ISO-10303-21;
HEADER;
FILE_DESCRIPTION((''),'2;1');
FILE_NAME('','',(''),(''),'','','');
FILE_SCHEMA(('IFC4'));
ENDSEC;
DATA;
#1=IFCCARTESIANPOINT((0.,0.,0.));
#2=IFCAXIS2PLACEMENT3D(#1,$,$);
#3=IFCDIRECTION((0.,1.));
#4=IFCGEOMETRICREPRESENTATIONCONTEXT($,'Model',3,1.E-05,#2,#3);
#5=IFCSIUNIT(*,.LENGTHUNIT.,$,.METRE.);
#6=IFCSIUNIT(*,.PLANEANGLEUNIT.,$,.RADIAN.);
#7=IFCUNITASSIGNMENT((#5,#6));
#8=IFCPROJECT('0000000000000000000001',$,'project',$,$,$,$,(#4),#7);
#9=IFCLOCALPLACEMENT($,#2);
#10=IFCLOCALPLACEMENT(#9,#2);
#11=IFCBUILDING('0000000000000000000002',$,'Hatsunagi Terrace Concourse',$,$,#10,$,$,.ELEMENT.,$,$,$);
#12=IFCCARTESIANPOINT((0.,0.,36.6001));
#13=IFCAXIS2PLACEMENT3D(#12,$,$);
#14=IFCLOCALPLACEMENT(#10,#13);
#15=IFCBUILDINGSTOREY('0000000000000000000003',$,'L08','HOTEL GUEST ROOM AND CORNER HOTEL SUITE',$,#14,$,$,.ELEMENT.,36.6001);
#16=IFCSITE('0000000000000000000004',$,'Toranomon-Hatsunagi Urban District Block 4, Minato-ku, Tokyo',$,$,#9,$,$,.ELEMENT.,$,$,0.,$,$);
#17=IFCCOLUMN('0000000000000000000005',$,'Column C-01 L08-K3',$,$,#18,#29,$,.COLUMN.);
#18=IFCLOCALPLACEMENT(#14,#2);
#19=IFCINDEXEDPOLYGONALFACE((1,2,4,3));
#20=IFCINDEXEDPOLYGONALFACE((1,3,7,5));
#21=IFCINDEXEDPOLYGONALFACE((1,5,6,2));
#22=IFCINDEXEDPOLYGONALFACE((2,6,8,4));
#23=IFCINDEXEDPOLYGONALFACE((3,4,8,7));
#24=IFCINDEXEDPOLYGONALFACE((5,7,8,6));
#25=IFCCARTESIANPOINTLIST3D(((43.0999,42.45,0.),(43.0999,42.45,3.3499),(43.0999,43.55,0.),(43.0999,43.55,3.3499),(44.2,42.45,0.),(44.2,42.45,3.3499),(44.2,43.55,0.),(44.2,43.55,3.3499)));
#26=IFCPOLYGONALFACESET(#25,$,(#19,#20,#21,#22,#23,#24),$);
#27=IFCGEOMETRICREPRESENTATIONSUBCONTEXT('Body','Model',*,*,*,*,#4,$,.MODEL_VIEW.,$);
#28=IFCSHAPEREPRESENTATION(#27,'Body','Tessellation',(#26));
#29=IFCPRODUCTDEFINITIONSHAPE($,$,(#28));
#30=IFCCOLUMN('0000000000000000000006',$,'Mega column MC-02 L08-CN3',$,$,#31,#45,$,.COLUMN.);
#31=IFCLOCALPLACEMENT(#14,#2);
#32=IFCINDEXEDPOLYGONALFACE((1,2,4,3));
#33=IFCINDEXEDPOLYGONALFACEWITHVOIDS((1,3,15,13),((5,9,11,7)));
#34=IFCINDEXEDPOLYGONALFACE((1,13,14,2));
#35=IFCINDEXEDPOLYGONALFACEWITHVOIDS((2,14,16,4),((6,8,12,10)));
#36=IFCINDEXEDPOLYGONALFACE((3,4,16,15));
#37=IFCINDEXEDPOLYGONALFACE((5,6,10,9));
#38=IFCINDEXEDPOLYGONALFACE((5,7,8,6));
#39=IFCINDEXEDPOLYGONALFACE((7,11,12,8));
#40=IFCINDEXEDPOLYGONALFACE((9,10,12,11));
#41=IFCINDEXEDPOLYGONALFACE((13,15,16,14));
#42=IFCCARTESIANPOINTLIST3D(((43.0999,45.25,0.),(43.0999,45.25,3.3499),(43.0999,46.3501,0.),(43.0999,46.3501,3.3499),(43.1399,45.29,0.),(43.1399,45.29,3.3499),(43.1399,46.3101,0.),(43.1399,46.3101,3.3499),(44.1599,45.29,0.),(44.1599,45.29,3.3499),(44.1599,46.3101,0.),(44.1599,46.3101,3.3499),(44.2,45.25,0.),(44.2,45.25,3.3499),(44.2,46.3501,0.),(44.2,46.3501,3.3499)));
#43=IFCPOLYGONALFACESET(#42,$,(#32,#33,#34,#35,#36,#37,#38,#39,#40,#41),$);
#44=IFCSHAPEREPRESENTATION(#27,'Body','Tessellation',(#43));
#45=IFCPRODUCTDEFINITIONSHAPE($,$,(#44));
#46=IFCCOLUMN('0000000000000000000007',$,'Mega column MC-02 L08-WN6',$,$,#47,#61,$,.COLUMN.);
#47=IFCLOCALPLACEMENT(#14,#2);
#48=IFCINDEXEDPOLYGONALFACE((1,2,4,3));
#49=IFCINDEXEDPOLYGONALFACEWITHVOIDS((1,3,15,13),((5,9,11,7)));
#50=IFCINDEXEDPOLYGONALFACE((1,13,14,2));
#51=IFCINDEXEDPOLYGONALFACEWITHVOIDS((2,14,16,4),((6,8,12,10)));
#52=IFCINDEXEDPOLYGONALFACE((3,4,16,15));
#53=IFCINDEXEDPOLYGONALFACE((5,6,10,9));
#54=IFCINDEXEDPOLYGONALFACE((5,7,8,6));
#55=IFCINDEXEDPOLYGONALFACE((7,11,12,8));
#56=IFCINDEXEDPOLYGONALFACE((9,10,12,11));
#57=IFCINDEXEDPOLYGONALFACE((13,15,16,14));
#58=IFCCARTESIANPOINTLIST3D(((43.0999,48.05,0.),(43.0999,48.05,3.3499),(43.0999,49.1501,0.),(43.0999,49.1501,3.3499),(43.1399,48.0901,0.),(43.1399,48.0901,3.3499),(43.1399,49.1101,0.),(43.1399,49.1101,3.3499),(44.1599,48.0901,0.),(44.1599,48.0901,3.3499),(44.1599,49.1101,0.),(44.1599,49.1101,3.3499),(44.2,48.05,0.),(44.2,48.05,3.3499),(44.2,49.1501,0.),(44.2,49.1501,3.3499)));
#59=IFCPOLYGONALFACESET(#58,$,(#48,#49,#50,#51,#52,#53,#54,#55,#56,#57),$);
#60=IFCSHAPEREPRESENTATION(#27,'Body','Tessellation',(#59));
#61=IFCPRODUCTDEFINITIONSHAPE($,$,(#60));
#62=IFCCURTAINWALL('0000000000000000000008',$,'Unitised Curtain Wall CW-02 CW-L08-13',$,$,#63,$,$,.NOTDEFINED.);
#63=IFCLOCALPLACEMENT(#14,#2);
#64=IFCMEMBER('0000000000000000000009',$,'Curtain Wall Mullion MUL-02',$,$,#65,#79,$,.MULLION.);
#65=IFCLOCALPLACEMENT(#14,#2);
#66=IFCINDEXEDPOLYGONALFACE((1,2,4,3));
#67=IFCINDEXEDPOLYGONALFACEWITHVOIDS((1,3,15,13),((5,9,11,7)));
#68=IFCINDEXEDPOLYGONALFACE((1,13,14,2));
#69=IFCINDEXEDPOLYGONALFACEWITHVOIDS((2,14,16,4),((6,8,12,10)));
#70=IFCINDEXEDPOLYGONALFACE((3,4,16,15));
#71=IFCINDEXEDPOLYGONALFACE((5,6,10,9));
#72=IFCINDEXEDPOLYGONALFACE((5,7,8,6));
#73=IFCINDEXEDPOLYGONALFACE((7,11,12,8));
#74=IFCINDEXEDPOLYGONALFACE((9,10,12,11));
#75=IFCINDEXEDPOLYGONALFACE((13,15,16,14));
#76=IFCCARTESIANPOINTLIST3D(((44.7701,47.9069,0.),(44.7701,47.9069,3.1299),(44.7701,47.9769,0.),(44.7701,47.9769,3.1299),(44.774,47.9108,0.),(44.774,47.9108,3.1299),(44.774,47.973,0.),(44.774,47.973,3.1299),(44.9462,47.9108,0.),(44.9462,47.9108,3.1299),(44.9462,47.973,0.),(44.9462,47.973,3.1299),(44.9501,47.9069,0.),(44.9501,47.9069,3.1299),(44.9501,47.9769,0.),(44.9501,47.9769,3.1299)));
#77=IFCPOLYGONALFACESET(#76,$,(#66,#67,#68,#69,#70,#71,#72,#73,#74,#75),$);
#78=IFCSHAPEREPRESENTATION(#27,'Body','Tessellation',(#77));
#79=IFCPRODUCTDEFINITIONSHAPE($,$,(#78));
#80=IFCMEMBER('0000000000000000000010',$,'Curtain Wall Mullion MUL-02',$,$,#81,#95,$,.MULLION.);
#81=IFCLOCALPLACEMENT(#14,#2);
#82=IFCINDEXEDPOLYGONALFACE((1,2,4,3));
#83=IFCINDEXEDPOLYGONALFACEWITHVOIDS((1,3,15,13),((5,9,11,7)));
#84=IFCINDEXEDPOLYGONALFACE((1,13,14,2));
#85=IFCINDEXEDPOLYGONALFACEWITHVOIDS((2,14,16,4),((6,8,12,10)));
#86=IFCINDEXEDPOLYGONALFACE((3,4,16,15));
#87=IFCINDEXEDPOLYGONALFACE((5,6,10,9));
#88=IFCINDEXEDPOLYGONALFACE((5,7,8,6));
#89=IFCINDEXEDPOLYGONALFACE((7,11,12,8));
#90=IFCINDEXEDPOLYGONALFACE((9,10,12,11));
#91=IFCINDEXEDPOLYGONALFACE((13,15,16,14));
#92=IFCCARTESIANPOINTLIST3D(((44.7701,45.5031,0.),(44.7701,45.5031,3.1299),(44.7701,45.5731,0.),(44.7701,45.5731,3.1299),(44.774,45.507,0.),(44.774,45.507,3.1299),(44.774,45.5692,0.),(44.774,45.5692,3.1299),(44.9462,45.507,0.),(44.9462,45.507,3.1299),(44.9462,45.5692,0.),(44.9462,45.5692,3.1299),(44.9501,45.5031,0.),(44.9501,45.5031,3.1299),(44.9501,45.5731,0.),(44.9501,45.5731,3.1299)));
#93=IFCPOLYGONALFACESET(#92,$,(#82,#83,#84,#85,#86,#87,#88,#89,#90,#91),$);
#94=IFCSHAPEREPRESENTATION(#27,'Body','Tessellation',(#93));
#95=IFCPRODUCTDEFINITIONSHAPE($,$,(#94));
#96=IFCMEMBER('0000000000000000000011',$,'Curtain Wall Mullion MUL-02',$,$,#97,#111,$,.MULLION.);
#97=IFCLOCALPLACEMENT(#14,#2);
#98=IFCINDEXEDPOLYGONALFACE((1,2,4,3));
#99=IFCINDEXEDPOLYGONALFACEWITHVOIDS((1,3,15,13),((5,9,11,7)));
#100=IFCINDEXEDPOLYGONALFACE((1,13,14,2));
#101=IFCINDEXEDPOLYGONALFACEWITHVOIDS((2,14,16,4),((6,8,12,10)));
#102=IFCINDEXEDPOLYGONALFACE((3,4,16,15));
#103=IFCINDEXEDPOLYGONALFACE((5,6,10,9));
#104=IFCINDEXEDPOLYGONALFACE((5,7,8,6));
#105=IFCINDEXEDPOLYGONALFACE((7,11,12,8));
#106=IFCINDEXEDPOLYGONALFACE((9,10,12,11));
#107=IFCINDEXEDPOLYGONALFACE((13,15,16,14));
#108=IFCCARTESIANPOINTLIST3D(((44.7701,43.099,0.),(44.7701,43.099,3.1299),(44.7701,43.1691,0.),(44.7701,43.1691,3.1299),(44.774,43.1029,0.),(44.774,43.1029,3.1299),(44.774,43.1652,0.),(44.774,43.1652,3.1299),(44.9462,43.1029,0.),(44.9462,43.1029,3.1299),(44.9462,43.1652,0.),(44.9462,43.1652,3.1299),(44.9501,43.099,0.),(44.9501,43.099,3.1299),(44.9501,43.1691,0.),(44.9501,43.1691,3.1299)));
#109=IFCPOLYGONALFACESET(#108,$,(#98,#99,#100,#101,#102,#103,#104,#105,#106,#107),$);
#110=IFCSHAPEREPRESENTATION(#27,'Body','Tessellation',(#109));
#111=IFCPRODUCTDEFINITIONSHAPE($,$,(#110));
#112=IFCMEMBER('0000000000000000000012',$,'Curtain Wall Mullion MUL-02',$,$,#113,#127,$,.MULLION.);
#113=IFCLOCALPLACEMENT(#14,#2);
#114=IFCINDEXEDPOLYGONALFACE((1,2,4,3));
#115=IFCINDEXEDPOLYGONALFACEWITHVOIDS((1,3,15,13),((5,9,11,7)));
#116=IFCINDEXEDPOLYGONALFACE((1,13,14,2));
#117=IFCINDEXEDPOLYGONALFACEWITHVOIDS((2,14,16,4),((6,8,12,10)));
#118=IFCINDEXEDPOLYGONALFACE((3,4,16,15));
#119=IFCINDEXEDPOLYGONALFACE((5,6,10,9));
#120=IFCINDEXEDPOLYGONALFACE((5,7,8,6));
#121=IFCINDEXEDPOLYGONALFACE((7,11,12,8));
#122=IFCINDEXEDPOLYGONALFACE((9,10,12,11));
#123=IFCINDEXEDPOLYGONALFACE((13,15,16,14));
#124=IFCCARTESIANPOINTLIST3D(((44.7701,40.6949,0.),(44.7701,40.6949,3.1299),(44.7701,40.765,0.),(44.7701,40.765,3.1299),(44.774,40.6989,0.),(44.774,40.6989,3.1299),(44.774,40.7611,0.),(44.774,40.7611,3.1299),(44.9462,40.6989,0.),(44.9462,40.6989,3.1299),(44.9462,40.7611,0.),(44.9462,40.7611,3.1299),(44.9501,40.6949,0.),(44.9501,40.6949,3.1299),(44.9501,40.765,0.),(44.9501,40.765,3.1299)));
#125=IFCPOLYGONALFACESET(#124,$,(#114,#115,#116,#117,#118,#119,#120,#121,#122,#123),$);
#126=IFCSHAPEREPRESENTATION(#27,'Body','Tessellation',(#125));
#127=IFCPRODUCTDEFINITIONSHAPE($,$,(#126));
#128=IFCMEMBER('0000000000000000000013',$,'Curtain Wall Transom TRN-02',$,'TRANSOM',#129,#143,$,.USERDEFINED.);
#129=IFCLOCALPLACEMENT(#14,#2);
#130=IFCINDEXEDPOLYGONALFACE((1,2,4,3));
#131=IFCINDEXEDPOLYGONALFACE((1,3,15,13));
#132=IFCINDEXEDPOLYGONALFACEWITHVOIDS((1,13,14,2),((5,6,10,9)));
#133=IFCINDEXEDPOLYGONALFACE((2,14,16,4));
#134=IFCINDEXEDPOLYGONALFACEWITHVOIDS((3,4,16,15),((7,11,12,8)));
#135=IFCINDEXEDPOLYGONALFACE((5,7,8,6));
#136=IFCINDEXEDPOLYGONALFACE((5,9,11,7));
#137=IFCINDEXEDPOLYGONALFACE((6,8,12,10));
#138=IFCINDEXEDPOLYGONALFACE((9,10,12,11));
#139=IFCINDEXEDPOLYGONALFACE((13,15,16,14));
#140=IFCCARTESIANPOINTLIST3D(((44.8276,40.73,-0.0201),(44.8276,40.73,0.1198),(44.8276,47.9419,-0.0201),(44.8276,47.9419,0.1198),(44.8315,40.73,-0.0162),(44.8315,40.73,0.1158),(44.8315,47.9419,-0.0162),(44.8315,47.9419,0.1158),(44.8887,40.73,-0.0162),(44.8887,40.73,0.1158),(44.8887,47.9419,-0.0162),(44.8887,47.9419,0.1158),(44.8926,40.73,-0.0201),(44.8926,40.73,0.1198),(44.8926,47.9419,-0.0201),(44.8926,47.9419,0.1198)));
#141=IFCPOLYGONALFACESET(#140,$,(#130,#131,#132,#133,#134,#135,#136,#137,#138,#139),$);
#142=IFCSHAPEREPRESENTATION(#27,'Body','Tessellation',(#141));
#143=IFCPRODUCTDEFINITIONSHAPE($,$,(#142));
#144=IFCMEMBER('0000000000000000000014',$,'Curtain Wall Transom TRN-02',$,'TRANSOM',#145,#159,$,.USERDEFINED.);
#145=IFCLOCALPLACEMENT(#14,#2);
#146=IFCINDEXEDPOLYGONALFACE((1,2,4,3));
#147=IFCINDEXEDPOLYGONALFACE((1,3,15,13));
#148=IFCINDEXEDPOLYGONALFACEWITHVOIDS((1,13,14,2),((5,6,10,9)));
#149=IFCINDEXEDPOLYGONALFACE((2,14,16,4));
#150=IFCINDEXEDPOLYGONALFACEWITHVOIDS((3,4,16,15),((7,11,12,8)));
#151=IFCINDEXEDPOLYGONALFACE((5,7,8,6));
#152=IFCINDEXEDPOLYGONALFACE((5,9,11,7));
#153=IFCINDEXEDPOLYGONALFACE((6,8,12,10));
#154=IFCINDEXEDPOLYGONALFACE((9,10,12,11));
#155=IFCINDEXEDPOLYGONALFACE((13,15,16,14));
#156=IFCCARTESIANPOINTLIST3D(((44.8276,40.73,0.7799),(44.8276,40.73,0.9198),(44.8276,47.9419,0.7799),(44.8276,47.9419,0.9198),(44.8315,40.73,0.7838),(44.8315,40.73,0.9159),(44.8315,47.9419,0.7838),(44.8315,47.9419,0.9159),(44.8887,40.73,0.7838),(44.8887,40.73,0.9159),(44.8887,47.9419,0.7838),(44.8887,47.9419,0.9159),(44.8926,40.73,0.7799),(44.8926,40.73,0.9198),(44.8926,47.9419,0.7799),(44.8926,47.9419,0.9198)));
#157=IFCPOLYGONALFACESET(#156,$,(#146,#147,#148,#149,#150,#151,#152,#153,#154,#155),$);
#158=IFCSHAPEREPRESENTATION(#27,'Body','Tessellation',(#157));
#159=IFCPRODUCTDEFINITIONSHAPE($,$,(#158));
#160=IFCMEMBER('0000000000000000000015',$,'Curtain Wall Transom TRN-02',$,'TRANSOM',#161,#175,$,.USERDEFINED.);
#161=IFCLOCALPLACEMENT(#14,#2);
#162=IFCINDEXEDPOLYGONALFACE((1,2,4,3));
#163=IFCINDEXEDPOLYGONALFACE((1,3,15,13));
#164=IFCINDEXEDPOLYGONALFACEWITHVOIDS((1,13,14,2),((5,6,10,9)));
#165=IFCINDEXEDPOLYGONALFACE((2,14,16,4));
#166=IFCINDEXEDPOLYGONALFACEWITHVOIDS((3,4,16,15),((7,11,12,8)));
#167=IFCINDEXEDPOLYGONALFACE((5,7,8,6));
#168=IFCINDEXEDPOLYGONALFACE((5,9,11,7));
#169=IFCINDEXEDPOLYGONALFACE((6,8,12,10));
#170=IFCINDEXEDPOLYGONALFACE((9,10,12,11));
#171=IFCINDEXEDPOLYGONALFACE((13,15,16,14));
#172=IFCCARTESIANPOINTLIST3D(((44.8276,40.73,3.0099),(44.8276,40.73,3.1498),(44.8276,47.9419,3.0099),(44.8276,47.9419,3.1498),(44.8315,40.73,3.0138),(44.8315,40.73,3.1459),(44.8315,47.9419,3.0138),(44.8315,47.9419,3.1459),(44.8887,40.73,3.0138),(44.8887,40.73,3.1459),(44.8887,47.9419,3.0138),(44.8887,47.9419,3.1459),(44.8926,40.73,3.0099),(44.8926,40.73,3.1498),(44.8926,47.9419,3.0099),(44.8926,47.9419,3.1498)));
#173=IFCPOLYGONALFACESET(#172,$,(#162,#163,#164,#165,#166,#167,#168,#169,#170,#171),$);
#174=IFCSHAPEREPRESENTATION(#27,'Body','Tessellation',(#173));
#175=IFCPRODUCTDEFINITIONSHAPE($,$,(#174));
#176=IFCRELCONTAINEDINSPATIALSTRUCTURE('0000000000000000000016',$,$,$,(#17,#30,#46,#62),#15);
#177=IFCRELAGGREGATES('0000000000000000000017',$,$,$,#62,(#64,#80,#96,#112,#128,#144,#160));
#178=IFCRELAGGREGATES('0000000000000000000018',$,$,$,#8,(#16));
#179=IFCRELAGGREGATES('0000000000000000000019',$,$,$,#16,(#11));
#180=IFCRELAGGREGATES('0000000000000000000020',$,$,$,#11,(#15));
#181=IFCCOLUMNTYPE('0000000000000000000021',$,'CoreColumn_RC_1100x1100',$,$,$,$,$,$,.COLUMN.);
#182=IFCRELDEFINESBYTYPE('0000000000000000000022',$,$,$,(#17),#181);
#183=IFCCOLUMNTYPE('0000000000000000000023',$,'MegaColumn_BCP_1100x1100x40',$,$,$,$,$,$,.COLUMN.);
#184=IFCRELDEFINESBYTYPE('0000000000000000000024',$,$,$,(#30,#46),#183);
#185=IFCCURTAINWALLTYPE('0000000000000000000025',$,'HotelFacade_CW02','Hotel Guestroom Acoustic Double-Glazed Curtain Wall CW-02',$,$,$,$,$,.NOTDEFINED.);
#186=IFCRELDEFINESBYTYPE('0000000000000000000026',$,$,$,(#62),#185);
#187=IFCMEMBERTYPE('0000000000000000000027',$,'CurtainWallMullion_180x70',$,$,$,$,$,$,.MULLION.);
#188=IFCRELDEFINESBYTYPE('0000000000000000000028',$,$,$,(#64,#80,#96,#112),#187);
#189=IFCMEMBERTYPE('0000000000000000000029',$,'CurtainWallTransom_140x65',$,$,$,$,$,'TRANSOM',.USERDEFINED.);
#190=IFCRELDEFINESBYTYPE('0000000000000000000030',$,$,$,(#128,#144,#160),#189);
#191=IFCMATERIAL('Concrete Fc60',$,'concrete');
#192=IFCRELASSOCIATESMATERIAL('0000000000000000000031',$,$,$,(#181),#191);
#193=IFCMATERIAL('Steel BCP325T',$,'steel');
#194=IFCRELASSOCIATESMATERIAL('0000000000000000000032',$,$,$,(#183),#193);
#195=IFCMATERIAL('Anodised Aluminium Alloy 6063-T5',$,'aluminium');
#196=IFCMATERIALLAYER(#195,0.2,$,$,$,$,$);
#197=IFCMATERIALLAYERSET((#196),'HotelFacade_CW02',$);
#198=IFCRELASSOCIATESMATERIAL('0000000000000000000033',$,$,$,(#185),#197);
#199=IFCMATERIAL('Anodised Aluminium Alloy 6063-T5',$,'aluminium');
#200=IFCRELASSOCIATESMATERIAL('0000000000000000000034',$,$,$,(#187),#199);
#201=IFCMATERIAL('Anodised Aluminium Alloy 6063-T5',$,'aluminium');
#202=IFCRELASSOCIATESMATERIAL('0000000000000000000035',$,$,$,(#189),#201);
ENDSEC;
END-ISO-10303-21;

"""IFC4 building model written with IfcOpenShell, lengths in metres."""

from ifc_helpers import new_model, si_unit, direction, frame, origin, origin_2d, place, context, subcontext, project, spatial, rectangle, hollow_rectangle, extrude, material, layer, layer_set, material_profile, profile_set, type_object, element, aggregate, save


model = new_model("IFC4")

# Units and contexts
model_context = context("Model", 3, precision=1e-05, world=origin(), true_north=direction((0.0, 1.0)))
body_context = subcontext(model_context, "Body", "Model", "MODEL_VIEW")
ifc_project = project(units=[si_unit("LENGTHUNIT", "METRE"), si_unit("PLANEANGLEUNIT", "RADIAN")], contexts=[model_context])

# Site, building, storey
site_placement = place(None, origin())
site = spatial("IfcSite", under=ifc_project, at=site_placement, Name="Toranomon-Hatsunagi Urban District Block 4, Minato-ku, Tokyo", CompositionType="ELEMENT", RefElevation=0.0)
building_placement = place(site_placement, origin())
building = spatial("IfcBuilding", under=site, at=building_placement, Name="Hatsunagi Terrace Concourse", CompositionType="ELEMENT")
storey_placement = place(building_placement, frame((0.0, 0.0, 36.6001)))
storey = spatial("IfcBuildingStorey", under=building, at=storey_placement, Name="L08", Description="HOTEL GUEST ROOM AND CORNER HOTEL SUITE", CompositionType="ELEMENT", Elevation=36.6001)

# Columns
ifc_material_1 = material(Name="Concrete Fc60", Category="concrete")
ifc_material_profile_1 = material_profile(ifc_material_1, rectangle(XDim=1.1001, YDim=1.1001, at=origin_2d()), Name="RC-1100x1100")
ifc_profile_set_1 = profile_set([ifc_material_profile_1], Name="Concrete Fc60")
column_type_1 = type_object("IfcColumnType", Name="CoreColumn_RC_1100x1100", PredefinedType="COLUMN", material=ifc_profile_set_1)
column_placement = place(storey_placement, frame((43.6499, 43.0, 0.0), z_axis=(0.0, 0.0, 1.0), x_axis=(1.0, 0.0, 0.0)))
element("IfcColumn", 1, at=column_placement, inside=storey, type_object=column_type_1, Name="Column C-01 L08-K3", PredefinedType="COLUMN", context=body_context, shape_type="SweptSolid", body=[
    extrude(rectangle(XDim=1.1001, YDim=1.1001, at=origin_2d()), origin(), (0.0, 0.0, 1.0), 3.3499),
])
ifc_material_2 = material(Name="Steel BCP325T", Category="steel")
ifc_material_profile_2 = material_profile(ifc_material_2, hollow_rectangle(XDim=1.1001, YDim=1.1001, WallThickness=0.04, at=origin_2d()), Name="BCP-1100x1100x40")
ifc_profile_set_2 = profile_set([ifc_material_profile_2], Name="Steel BCP325T")
column_type_2 = type_object("IfcColumnType", Name="MegaColumn_BCP_1100x1100x40", PredefinedType="COLUMN", material=ifc_profile_set_2)
for number, where, z_axis, x_axis, name in (
    (2, (43.6499, 45.8, 0.0), (0.0, 0.0, 1.0), (1.0, 0.0, 0.0), "Mega column MC-02 L08-CN3"),
    (3, (43.6499, 48.6001, 0.0), (0.0, 0.0, 1.0), (1.0, 0.0, 0.0), "Mega column MC-02 L08-WN6"),
):
    element("IfcColumn", number, at=place(storey_placement, frame(where, z_axis=z_axis, x_axis=x_axis)), inside=storey, type_object=column_type_2, Name=name, PredefinedType="COLUMN", context=body_context, shape_type="SweptSolid", body=[
        extrude(hollow_rectangle(XDim=1.1001, YDim=1.1001, WallThickness=0.04, at=origin_2d()), origin(), (0.0, 0.0, 1.0), 3.3499),
    ])

# Curtain wall, members
ifc_material_3 = material(Name="Anodised Aluminium Alloy 6063-T5", Category="aluminium")
ifc_layer_1 = layer(ifc_material_3, 0.2)
ifc_layer_set_1 = layer_set([ifc_layer_1], Name="HotelFacade_CW02")
curtain_wall_type = type_object("IfcCurtainWallType", Name="HotelFacade_CW02", Description="Hotel Guestroom Acoustic Double-Glazed Curtain Wall CW-02", PredefinedType="NOTDEFINED", material=ifc_layer_set_1)
curtain_wall_placement = place(storey_placement, origin())
curtain_wall = element("IfcCurtainWall", 4, at=curtain_wall_placement, inside=storey, type_object=curtain_wall_type, Name="Unitised Curtain Wall CW-02 CW-L08-13", PredefinedType="NOTDEFINED")
ifc_material_4 = material(Name="Anodised Aluminium Alloy 6063-T5", Category="aluminium")
ifc_material_profile_3 = material_profile(ifc_material_4, hollow_rectangle(XDim=0.0701, YDim=0.1799, WallThickness=0.0039, at=origin_2d()), Name="ALU-MUL-180x70x4")
ifc_profile_set_3 = profile_set([ifc_material_profile_3], Name="Anodised Aluminium Alloy 6063-T5")
member_type_1 = type_object("IfcMemberType", Name="CurtainWallMullion_180x70", PredefinedType="MULLION", material=ifc_profile_set_3)
member_1_placement = place(storey_placement, frame((44.8601, 47.9419, 0.0), z_axis=(0.0, 0.0, 1.0), x_axis=(0.0, -1.0, 0.0)))
member_1 = element("IfcMember", 5, at=member_1_placement, type_object=member_type_1, Name="Curtain Wall Mullion MUL-02", PredefinedType="MULLION", context=body_context, shape_type="SweptSolid", body=[
    extrude(hollow_rectangle(XDim=0.0701, YDim=0.1799, WallThickness=0.0039, at=origin_2d()), origin(), (0.0, 0.0, 1.0), 3.1299),
])
member_2_placement = place(storey_placement, frame((44.8601, 45.5381, 0.0), z_axis=(0.0, 0.0, 1.0), x_axis=(0.0, -1.0, 0.0)))
member_2 = element("IfcMember", 6, at=member_2_placement, type_object=member_type_1, Name="Curtain Wall Mullion MUL-02", PredefinedType="MULLION", context=body_context, shape_type="SweptSolid", body=[
    extrude(hollow_rectangle(XDim=0.0701, YDim=0.1799, WallThickness=0.0039, at=origin_2d()), origin(), (0.0, 0.0, 1.0), 3.1299),
])
member_3_placement = place(storey_placement, frame((44.8601, 43.134, 0.0), z_axis=(0.0, 0.0, 1.0), x_axis=(0.0, -1.0, 0.0)))
member_3 = element("IfcMember", 7, at=member_3_placement, type_object=member_type_1, Name="Curtain Wall Mullion MUL-02", PredefinedType="MULLION", context=body_context, shape_type="SweptSolid", body=[
    extrude(hollow_rectangle(XDim=0.0701, YDim=0.1799, WallThickness=0.0039, at=origin_2d()), origin(), (0.0, 0.0, 1.0), 3.1299),
])
member_4_placement = place(storey_placement, frame((44.8601, 40.73, 0.0), z_axis=(0.0, 0.0, 1.0), x_axis=(0.0, -1.0, 0.0)))
member_4 = element("IfcMember", 8, at=member_4_placement, type_object=member_type_1, Name="Curtain Wall Mullion MUL-02", PredefinedType="MULLION", context=body_context, shape_type="SweptSolid", body=[
    extrude(hollow_rectangle(XDim=0.0701, YDim=0.1799, WallThickness=0.0039, at=origin_2d()), origin(), (0.0, 0.0, 1.0), 3.1299),
])
ifc_material_5 = material(Name="Anodised Aluminium Alloy 6063-T5", Category="aluminium")
ifc_material_profile_4 = material_profile(ifc_material_5, hollow_rectangle(XDim=0.0649, YDim=0.1399, WallThickness=0.0039, at=origin_2d()), Name="ALU-TRN-140x65x4")
ifc_profile_set_4 = profile_set([ifc_material_profile_4], Name="Anodised Aluminium Alloy 6063-T5")
member_type_2 = type_object("IfcMemberType", Name="CurtainWallTransom_140x65", ElementType="TRANSOM", PredefinedType="USERDEFINED", material=ifc_profile_set_4)
member_5_placement = place(storey_placement, frame((44.8601, 47.9419, 0.0498), z_axis=(0.0, -1.0, 0.0), x_axis=(1.0, 0.0, 0.0)))
member_5 = element("IfcMember", 9, at=member_5_placement, type_object=member_type_2, Name="Curtain Wall Transom TRN-02", ObjectType="TRANSOM", PredefinedType="USERDEFINED", context=body_context, shape_type="SweptSolid", body=[
    extrude(hollow_rectangle(XDim=0.0649, YDim=0.1399, WallThickness=0.0039, at=origin_2d()), origin(), (0.0, 0.0, 1.0), 7.2119),
])
member_6_placement = place(storey_placement, frame((44.8601, 47.9419, 0.8499), z_axis=(0.0, -1.0, 0.0), x_axis=(1.0, 0.0, 0.0)))
member_6 = element("IfcMember", 10, at=member_6_placement, type_object=member_type_2, Name="Curtain Wall Transom TRN-02", ObjectType="TRANSOM", PredefinedType="USERDEFINED", context=body_context, shape_type="SweptSolid", body=[
    extrude(hollow_rectangle(XDim=0.0649, YDim=0.1399, WallThickness=0.0039, at=origin_2d()), origin(), (0.0, 0.0, 1.0), 7.2119),
])
member_7_placement = place(storey_placement, frame((44.8601, 47.9419, 3.0798), z_axis=(0.0, -1.0, 0.0), x_axis=(1.0, 0.0, 0.0)))
member_7 = element("IfcMember", 11, at=member_7_placement, type_object=member_type_2, Name="Curtain Wall Transom TRN-02", ObjectType="TRANSOM", PredefinedType="USERDEFINED", context=body_context, shape_type="SweptSolid", body=[
    extrude(hollow_rectangle(XDim=0.0649, YDim=0.1399, WallThickness=0.0039, at=origin_2d()), origin(), (0.0, 0.0, 1.0), 7.2119),
])

aggregate(curtain_wall, [member_1, member_2, member_3, member_4, member_5, member_6, member_7])

save(model, "model.ifc")
